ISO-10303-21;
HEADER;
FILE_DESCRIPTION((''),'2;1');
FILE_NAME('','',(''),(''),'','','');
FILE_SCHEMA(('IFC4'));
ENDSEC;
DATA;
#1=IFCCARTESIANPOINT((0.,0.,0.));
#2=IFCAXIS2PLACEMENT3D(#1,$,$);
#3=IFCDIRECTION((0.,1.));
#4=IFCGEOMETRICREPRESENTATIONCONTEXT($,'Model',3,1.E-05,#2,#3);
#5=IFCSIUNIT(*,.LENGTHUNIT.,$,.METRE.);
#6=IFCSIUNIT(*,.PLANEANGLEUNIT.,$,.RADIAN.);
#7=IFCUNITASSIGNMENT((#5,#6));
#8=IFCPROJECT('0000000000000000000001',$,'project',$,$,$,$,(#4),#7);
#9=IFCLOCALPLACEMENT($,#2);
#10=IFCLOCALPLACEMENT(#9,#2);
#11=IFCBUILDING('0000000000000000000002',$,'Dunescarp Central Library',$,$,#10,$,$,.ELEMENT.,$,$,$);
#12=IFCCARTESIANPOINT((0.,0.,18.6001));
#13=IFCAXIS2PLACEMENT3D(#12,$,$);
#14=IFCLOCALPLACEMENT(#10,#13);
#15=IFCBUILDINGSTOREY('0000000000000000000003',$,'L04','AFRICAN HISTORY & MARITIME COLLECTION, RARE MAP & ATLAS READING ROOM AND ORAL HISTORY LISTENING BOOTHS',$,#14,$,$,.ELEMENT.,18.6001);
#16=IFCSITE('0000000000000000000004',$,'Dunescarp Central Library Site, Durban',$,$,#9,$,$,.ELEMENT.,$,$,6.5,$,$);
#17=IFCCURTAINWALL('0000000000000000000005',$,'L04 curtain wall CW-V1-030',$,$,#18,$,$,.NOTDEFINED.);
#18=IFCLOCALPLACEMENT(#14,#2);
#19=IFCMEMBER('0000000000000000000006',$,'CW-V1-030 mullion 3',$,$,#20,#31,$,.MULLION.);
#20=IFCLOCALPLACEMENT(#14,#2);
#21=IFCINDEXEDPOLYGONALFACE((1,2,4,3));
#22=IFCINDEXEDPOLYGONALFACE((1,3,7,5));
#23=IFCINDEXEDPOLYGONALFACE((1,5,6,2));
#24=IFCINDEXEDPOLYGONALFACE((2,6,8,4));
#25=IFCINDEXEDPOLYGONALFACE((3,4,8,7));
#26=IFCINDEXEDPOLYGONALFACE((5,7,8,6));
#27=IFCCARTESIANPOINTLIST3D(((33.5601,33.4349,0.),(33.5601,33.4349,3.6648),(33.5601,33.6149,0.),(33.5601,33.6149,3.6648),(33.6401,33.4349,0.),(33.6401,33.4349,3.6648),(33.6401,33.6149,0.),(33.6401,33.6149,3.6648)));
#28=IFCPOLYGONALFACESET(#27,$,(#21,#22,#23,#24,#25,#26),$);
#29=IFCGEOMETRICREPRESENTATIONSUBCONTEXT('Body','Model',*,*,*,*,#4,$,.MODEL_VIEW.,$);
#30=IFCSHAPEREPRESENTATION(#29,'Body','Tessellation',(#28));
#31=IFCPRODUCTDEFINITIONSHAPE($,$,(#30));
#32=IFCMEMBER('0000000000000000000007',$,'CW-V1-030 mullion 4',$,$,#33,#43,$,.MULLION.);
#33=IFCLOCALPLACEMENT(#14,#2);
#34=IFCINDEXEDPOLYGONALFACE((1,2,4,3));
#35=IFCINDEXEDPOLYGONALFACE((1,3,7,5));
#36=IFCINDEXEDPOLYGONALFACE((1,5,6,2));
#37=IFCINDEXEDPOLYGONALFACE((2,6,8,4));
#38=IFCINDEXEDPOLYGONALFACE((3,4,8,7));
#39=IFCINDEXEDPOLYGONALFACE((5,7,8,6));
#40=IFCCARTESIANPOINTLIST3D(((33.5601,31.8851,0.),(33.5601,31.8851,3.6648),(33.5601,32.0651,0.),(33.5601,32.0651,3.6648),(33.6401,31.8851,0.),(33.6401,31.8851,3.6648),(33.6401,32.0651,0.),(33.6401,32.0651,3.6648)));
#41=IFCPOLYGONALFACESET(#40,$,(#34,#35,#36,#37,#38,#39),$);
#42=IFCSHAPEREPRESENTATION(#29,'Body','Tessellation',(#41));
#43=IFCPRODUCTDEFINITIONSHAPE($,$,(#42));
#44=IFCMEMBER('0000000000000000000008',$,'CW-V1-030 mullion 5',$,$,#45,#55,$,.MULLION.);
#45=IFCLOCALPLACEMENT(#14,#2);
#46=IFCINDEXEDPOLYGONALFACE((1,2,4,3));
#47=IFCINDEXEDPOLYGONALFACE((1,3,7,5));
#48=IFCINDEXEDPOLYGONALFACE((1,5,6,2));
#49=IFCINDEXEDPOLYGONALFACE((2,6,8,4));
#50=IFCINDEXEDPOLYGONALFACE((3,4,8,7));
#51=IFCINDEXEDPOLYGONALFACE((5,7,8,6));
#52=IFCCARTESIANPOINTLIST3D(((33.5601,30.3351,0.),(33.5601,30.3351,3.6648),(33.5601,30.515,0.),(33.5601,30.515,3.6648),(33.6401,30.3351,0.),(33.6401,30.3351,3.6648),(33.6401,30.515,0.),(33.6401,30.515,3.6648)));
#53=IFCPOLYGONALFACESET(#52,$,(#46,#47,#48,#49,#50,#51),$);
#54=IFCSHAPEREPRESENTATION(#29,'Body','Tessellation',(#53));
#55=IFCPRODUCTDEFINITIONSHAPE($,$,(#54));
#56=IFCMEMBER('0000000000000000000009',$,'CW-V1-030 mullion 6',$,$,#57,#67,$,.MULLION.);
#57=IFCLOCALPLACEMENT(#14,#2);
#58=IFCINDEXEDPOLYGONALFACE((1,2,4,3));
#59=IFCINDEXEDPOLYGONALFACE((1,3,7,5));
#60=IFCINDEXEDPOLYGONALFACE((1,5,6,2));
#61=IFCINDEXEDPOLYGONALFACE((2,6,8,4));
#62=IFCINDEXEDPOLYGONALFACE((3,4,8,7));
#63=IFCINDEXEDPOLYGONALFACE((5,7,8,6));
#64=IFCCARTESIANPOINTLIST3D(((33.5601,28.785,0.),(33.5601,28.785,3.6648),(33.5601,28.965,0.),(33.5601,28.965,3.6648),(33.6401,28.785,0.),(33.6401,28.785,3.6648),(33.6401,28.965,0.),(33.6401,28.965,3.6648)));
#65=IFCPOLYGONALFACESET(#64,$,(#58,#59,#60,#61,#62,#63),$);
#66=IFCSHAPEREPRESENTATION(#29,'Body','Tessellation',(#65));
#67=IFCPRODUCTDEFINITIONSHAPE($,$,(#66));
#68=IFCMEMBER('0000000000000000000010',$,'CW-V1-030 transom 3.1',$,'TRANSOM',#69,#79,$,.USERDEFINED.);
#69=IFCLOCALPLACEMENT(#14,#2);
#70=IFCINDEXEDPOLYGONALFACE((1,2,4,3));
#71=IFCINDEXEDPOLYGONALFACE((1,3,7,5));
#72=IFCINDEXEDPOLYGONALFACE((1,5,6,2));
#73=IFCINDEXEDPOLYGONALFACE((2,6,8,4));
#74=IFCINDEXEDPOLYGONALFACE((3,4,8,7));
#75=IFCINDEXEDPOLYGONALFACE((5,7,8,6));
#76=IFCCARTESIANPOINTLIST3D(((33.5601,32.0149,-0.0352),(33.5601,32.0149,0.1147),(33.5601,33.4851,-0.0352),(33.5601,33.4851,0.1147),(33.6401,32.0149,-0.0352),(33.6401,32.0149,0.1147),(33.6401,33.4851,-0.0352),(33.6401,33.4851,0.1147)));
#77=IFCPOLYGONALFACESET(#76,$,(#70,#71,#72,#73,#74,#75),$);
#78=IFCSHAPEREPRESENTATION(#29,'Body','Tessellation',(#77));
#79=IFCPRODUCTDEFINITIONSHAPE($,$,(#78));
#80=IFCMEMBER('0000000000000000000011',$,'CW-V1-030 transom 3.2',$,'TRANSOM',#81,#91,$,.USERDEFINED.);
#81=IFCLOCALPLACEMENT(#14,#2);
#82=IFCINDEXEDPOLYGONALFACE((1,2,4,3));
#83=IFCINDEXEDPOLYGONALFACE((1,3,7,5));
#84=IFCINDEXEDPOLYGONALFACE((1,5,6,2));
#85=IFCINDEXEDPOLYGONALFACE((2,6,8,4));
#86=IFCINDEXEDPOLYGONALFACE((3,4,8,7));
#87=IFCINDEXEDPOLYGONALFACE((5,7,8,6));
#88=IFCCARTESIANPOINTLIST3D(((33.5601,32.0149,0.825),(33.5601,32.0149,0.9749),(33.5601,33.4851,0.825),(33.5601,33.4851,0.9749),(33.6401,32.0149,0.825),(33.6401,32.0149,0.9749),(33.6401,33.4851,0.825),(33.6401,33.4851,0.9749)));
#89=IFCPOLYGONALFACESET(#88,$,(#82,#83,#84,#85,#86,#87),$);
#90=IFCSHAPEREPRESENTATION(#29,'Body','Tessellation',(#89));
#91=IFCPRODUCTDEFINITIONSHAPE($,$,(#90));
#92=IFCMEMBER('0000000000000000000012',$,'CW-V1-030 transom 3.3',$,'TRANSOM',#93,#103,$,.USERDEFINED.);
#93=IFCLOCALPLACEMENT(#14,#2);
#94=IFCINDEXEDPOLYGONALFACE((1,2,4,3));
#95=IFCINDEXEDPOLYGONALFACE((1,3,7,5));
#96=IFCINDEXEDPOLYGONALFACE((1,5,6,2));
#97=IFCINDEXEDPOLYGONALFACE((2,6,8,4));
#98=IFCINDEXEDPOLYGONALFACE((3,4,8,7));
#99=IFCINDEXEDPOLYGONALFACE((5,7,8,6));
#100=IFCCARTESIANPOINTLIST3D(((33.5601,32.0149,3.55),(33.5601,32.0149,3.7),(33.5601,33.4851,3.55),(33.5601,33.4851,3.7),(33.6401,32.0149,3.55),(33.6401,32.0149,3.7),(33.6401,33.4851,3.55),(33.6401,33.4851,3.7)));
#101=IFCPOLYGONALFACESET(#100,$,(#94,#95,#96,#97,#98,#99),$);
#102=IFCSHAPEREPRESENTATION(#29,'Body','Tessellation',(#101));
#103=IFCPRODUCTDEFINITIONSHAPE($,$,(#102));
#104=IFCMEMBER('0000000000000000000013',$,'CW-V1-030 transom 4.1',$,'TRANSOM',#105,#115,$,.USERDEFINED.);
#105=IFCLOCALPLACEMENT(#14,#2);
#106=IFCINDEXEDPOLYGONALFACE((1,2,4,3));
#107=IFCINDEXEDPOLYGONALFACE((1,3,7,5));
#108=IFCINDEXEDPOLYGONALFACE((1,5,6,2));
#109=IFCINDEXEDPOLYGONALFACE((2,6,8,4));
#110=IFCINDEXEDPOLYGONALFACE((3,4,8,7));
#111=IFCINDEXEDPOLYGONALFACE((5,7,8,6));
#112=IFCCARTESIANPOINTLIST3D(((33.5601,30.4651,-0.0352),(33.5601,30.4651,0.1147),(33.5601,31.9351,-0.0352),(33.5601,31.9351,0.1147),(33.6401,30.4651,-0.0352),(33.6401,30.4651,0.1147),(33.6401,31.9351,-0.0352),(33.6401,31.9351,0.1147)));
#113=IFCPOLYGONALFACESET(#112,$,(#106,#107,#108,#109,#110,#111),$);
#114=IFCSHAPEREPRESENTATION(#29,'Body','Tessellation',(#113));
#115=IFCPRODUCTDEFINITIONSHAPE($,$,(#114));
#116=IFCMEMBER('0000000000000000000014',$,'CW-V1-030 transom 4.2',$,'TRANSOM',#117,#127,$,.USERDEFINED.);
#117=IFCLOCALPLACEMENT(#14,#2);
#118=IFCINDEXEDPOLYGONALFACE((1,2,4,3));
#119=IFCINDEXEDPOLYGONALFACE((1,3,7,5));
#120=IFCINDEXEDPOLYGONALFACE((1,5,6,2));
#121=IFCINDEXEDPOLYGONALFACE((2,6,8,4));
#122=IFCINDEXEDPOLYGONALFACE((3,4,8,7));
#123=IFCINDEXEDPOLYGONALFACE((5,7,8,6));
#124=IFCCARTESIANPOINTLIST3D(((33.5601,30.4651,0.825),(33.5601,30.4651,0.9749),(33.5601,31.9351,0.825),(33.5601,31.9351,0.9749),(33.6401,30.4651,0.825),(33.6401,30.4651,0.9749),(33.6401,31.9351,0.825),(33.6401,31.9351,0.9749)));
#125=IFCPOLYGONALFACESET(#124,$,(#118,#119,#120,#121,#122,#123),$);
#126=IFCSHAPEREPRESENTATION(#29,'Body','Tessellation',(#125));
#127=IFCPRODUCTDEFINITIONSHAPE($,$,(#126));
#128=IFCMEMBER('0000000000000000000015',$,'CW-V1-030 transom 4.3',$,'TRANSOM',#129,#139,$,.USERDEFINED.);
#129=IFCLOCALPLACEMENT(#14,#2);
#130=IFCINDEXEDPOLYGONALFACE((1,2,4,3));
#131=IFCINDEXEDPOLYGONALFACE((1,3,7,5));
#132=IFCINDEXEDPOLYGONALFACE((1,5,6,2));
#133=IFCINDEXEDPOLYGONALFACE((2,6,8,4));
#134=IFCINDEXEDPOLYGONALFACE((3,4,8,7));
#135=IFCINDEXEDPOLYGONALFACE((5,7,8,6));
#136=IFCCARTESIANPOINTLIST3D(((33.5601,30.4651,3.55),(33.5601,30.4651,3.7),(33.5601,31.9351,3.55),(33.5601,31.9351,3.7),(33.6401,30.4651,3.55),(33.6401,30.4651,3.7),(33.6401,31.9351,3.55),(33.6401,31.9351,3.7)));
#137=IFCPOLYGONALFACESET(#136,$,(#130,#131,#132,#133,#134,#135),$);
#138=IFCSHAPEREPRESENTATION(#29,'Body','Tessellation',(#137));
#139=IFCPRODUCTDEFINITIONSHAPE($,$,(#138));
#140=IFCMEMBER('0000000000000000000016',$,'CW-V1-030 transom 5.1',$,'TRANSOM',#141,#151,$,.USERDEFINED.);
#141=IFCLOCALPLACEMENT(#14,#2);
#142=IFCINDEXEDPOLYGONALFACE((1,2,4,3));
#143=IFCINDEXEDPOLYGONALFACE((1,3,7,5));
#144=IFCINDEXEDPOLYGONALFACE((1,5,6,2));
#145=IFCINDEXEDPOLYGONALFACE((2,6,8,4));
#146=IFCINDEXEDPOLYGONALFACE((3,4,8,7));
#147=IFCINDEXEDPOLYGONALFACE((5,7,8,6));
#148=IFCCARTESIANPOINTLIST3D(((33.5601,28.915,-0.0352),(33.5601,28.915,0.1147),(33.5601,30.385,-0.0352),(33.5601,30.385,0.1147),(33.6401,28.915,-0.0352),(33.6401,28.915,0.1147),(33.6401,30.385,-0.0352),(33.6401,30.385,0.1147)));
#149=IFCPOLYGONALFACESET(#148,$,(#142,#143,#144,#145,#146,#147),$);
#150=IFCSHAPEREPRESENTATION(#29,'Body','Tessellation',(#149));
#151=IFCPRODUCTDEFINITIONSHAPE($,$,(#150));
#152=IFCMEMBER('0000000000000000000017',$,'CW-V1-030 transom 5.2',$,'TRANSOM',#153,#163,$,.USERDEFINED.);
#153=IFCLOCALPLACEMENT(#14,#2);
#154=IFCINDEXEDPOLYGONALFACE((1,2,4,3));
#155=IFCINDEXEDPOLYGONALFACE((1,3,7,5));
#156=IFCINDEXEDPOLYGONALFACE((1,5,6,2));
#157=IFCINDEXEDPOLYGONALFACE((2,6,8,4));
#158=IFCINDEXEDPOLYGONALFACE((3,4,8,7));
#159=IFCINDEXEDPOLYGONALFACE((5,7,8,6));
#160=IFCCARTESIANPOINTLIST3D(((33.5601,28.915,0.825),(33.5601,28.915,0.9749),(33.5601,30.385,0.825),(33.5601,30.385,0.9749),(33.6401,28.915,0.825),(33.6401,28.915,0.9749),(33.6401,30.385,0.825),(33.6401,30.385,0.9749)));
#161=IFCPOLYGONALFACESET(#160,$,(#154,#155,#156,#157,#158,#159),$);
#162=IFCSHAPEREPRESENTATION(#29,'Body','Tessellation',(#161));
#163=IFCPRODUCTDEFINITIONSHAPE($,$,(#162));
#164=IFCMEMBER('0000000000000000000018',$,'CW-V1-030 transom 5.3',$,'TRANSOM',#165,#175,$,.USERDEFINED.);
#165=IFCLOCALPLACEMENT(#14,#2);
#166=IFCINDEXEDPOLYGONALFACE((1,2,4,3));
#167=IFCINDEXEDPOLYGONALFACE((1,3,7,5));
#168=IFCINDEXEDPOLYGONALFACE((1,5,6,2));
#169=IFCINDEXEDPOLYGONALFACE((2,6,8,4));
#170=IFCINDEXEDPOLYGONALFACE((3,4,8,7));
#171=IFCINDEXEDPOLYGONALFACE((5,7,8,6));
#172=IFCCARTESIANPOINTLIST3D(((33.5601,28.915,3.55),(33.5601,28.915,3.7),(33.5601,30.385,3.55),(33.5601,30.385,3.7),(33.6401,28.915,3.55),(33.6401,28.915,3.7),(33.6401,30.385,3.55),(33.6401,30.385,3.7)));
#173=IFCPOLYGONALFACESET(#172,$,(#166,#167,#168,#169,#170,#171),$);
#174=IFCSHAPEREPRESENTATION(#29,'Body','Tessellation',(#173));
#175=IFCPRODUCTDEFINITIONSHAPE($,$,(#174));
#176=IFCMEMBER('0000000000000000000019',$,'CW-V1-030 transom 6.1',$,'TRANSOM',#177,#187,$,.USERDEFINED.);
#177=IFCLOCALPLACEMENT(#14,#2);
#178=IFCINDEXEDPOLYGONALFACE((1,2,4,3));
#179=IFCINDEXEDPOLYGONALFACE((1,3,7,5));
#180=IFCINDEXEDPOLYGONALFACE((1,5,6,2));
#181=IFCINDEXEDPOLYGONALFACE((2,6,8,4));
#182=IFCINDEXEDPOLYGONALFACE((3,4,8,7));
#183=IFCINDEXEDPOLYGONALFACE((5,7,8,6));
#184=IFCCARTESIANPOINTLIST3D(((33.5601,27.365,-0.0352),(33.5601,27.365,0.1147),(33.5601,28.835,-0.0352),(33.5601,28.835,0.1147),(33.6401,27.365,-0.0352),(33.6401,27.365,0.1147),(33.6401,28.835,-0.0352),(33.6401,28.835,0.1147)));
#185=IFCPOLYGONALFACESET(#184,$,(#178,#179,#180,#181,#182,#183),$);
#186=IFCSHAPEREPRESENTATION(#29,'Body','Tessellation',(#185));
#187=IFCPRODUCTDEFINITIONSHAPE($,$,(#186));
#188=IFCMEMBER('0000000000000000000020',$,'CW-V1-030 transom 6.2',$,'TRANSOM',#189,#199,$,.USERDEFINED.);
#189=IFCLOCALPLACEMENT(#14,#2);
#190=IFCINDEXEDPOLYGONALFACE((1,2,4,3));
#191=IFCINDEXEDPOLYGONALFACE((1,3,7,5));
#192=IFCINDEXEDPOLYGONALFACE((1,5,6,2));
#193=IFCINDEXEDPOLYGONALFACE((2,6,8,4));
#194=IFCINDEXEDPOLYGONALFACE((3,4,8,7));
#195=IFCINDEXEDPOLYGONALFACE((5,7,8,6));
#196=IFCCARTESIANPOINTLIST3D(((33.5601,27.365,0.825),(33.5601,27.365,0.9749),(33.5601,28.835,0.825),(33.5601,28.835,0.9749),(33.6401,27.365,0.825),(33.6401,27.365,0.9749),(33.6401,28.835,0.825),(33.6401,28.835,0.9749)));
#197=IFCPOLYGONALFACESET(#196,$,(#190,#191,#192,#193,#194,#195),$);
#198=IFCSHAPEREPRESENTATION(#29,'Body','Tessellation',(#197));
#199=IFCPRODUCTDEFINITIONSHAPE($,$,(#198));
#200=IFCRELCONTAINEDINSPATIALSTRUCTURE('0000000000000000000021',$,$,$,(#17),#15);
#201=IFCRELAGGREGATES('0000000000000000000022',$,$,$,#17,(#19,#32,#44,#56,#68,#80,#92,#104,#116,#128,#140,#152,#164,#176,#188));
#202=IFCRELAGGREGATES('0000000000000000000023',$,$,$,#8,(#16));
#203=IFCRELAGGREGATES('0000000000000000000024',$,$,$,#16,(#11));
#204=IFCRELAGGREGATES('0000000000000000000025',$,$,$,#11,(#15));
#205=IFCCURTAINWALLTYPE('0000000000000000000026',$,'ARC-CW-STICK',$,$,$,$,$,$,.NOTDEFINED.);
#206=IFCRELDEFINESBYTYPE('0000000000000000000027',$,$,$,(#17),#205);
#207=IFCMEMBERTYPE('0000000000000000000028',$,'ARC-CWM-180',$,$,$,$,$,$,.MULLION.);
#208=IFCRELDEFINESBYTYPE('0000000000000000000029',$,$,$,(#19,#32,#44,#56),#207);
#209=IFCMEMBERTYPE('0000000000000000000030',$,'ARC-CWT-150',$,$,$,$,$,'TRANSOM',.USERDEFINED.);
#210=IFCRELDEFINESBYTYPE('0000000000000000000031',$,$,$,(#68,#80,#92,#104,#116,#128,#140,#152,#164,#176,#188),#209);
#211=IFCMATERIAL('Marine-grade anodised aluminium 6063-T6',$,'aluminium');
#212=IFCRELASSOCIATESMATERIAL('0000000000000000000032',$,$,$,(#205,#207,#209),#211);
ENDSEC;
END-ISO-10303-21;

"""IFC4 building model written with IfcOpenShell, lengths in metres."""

from ifc_helpers import new_model, si_unit, direction, frame, origin, origin_2d, place, context, subcontext, project, spatial, rectangle, extrude, material, material_profile, profile_set, type_object, element, aggregate, save


model = new_model("IFC4")

# Units and contexts
model_context = context("Model", 3, precision=1e-05, world=origin(), true_north=direction((0.0, 1.0)))
body_context = subcontext(model_context, "Body", "Model", "MODEL_VIEW")
ifc_project = project(units=[si_unit("LENGTHUNIT", "METRE"), si_unit("PLANEANGLEUNIT", "RADIAN")], contexts=[model_context])

# Site, building, storey
site_placement = place(None, origin())
site = spatial("IfcSite", under=ifc_project, at=site_placement, Name="Dunescarp Central Library Site, Durban", CompositionType="ELEMENT", RefElevation=6.5)
building_placement = place(site_placement, origin())
building = spatial("IfcBuilding", under=site, at=building_placement, Name="Dunescarp Central Library", CompositionType="ELEMENT")
storey_placement = place(building_placement, frame((0.0, 0.0, 18.6001)))
storey = spatial("IfcBuildingStorey", under=building, at=storey_placement, Name="L04", Description="AFRICAN HISTORY & MARITIME COLLECTION, RARE MAP & ATLAS READING ROOM AND ORAL HISTORY LISTENING BOOTHS", CompositionType="ELEMENT", Elevation=18.6001)

# Curtain wall, members
ifc_material_1 = material(Name="Marine-grade anodised aluminium 6063-T6", Category="aluminium")
curtain_wall_type = type_object("IfcCurtainWallType", Name="ARC-CW-STICK", PredefinedType="NOTDEFINED", material=ifc_material_1)
curtain_wall_placement = place(storey_placement, origin())
curtain_wall = element("IfcCurtainWall", 1, at=curtain_wall_placement, inside=storey, type_object=curtain_wall_type, Name="L04 curtain wall CW-V1-030", PredefinedType="NOTDEFINED")
ifc_material_profile_1 = material_profile(ifc_material_1, rectangle(XDim=0.0801, YDim=0.1799, at=origin_2d()), Name="AL 80x180")
ifc_profile_set_1 = profile_set([ifc_material_profile_1], Name="Marine-grade anodised aluminium 6063-T6")
member_type_1 = type_object("IfcMemberType", Name="ARC-CWM-180", PredefinedType="MULLION", material=ifc_profile_set_1)
member_1_placement = place(storey_placement, frame((33.6001, 33.5249, 0.0), z_axis=(0.0, 0.0, 1.0), x_axis=(1.0, 0.0, 0.0)))
member_1 = element("IfcMember", 2, at=member_1_placement, type_object=member_type_1, Name="CW-V1-030 mullion 3", PredefinedType="MULLION", context=body_context, shape_type="SweptSolid", body=[
    extrude(rectangle(XDim=0.0801, YDim=0.1799, at=origin_2d()), origin(), (0.0, 0.0, 1.0), 3.6648),
])
member_2_placement = place(storey_placement, frame((33.6001, 31.9751, 0.0), z_axis=(0.0, 0.0, 1.0), x_axis=(1.0, 0.0, 0.0)))
member_2 = element("IfcMember", 3, at=member_2_placement, type_object=member_type_1, Name="CW-V1-030 mullion 4", PredefinedType="MULLION", context=body_context, shape_type="SweptSolid", body=[
    extrude(rectangle(XDim=0.0801, YDim=0.1799, at=origin_2d()), origin(), (0.0, 0.0, 1.0), 3.6648),
])
member_3_placement = place(storey_placement, frame((33.6001, 30.425, 0.0), z_axis=(0.0, 0.0, 1.0), x_axis=(1.0, 0.0, 0.0)))
member_3 = element("IfcMember", 4, at=member_3_placement, type_object=member_type_1, Name="CW-V1-030 mullion 5", PredefinedType="MULLION", context=body_context, shape_type="SweptSolid", body=[
    extrude(rectangle(XDim=0.0801, YDim=0.1799, at=origin_2d()), origin(), (0.0, 0.0, 1.0), 3.6648),
])
member_4_placement = place(storey_placement, frame((33.6001, 28.875, 0.0), z_axis=(0.0, 0.0, 1.0), x_axis=(1.0, 0.0, 0.0)))
member_4 = element("IfcMember", 5, at=member_4_placement, type_object=member_type_1, Name="CW-V1-030 mullion 6", PredefinedType="MULLION", context=body_context, shape_type="SweptSolid", body=[
    extrude(rectangle(XDim=0.0801, YDim=0.1799, at=origin_2d()), origin(), (0.0, 0.0, 1.0), 3.6648),
])
ifc_material_profile_2 = material_profile(ifc_material_1, rectangle(XDim=0.0801, YDim=0.1499, at=origin_2d()), Name="AL 80x150")
ifc_profile_set_2 = profile_set([ifc_material_profile_2], Name="Marine-grade anodised aluminium 6063-T6")
member_type_2 = type_object("IfcMemberType", Name="ARC-CWT-150", ElementType="TRANSOM", PredefinedType="USERDEFINED", material=ifc_profile_set_2)
member_5_placement = place(storey_placement, frame((33.6001, 33.4851, 0.0398), z_axis=(0.0, -1.0, 0.0), x_axis=(1.0, 0.0, 0.0)))
member_5 = element("IfcMember", 6, at=member_5_placement, type_object=member_type_2, Name="CW-V1-030 transom 3.1", ObjectType="TRANSOM", PredefinedType="USERDEFINED", context=body_context, shape_type="SweptSolid", body=[
    extrude(rectangle(XDim=0.0801, YDim=0.1499, at=origin_2d()), origin(), (0.0, 0.0, 1.0), 1.4702),
])
member_6_placement = place(storey_placement, frame((33.6001, 33.4851, 0.8999), z_axis=(0.0, -1.0, 0.0), x_axis=(1.0, 0.0, 0.0)))
member_6 = element("IfcMember", 7, at=member_6_placement, type_object=member_type_2, Name="CW-V1-030 transom 3.2", ObjectType="TRANSOM", PredefinedType="USERDEFINED", context=body_context, shape_type="SweptSolid", body=[
    extrude(rectangle(XDim=0.0801, YDim=0.1499, at=origin_2d()), origin(), (0.0, 0.0, 1.0), 1.4702),
])
member_7_placement = place(storey_placement, frame((33.6001, 33.4851, 3.625), z_axis=(0.0, -1.0, 0.0), x_axis=(1.0, 0.0, 0.0)))
member_7 = element("IfcMember", 8, at=member_7_placement, type_object=member_type_2, Name="CW-V1-030 transom 3.3", ObjectType="TRANSOM", PredefinedType="USERDEFINED", context=body_context, shape_type="SweptSolid", body=[
    extrude(rectangle(XDim=0.0801, YDim=0.1499, at=origin_2d()), origin(), (0.0, 0.0, 1.0), 1.4702),
])
member_8_placement = place(storey_placement, frame((33.6001, 31.9351, 0.0398), z_axis=(0.0, -1.0, 0.0), x_axis=(1.0, 0.0, 0.0)))
member_8 = element("IfcMember", 9, at=member_8_placement, type_object=member_type_2, Name="CW-V1-030 transom 4.1", ObjectType="TRANSOM", PredefinedType="USERDEFINED", context=body_context, shape_type="SweptSolid", body=[
    extrude(rectangle(XDim=0.0801, YDim=0.1499, at=origin_2d()), origin(), (0.0, 0.0, 1.0), 1.47),
])
member_9_placement = place(storey_placement, frame((33.6001, 31.9351, 0.8999), z_axis=(0.0, -1.0, 0.0), x_axis=(1.0, 0.0, 0.0)))
member_9 = element("IfcMember", 10, at=member_9_placement, type_object=member_type_2, Name="CW-V1-030 transom 4.2", ObjectType="TRANSOM", PredefinedType="USERDEFINED", context=body_context, shape_type="SweptSolid", body=[
    extrude(rectangle(XDim=0.0801, YDim=0.1499, at=origin_2d()), origin(), (0.0, 0.0, 1.0), 1.47),
])
member_10_placement = place(storey_placement, frame((33.6001, 31.9351, 3.625), z_axis=(0.0, -1.0, 0.0), x_axis=(1.0, 0.0, 0.0)))
member_10 = element("IfcMember", 11, at=member_10_placement, type_object=member_type_2, Name="CW-V1-030 transom 4.3", ObjectType="TRANSOM", PredefinedType="USERDEFINED", context=body_context, shape_type="SweptSolid", body=[
    extrude(rectangle(XDim=0.0801, YDim=0.1499, at=origin_2d()), origin(), (0.0, 0.0, 1.0), 1.47),
])
member_11_placement = place(storey_placement, frame((33.6001, 30.385, 0.0398), z_axis=(0.0, -1.0, 0.0), x_axis=(1.0, 0.0, 0.0)))
member_11 = element("IfcMember", 12, at=member_11_placement, type_object=member_type_2, Name="CW-V1-030 transom 5.1", ObjectType="TRANSOM", PredefinedType="USERDEFINED", context=body_context, shape_type="SweptSolid", body=[
    extrude(rectangle(XDim=0.0801, YDim=0.1499, at=origin_2d()), origin(), (0.0, 0.0, 1.0), 1.47),
])
member_12_placement = place(storey_placement, frame((33.6001, 30.385, 0.8999), z_axis=(0.0, -1.0, 0.0), x_axis=(1.0, 0.0, 0.0)))
member_12 = element("IfcMember", 13, at=member_12_placement, type_object=member_type_2, Name="CW-V1-030 transom 5.2", ObjectType="TRANSOM", PredefinedType="USERDEFINED", context=body_context, shape_type="SweptSolid", body=[
    extrude(rectangle(XDim=0.0801, YDim=0.1499, at=origin_2d()), origin(), (0.0, 0.0, 1.0), 1.47),
])
member_13_placement = place(storey_placement, frame((33.6001, 30.385, 3.625), z_axis=(0.0, -1.0, 0.0), x_axis=(1.0, 0.0, 0.0)))
member_13 = element("IfcMember", 14, at=member_13_placement, type_object=member_type_2, Name="CW-V1-030 transom 5.3", ObjectType="TRANSOM", PredefinedType="USERDEFINED", context=body_context, shape_type="SweptSolid", body=[
    extrude(rectangle(XDim=0.0801, YDim=0.1499, at=origin_2d()), origin(), (0.0, 0.0, 1.0), 1.47),
])
member_14_placement = place(storey_placement, frame((33.6001, 28.835, 0.0398), z_axis=(0.0, -1.0, 0.0), x_axis=(1.0, 0.0, 0.0)))
member_14 = element("IfcMember", 15, at=member_14_placement, type_object=member_type_2, Name="CW-V1-030 transom 6.1", ObjectType="TRANSOM", PredefinedType="USERDEFINED", context=body_context, shape_type="SweptSolid", body=[
    extrude(rectangle(XDim=0.0801, YDim=0.1499, at=origin_2d()), origin(), (0.0, 0.0, 1.0), 1.47),
])
member_15_placement = place(storey_placement, frame((33.6001, 28.835, 0.8999), z_axis=(0.0, -1.0, 0.0), x_axis=(1.0, 0.0, 0.0)))
member_15 = element("IfcMember", 16, at=member_15_placement, type_object=member_type_2, Name="CW-V1-030 transom 6.2", ObjectType="TRANSOM", PredefinedType="USERDEFINED", context=body_context, shape_type="SweptSolid", body=[
    extrude(rectangle(XDim=0.0801, YDim=0.1499, at=origin_2d()), origin(), (0.0, 0.0, 1.0), 1.47),
])

aggregate(curtain_wall, [member_1, member_2, member_3, member_4, member_5, member_6, member_7, member_8, member_9, member_10, member_11, member_12, member_13, member_14, member_15])

save(model, "model.ifc")
